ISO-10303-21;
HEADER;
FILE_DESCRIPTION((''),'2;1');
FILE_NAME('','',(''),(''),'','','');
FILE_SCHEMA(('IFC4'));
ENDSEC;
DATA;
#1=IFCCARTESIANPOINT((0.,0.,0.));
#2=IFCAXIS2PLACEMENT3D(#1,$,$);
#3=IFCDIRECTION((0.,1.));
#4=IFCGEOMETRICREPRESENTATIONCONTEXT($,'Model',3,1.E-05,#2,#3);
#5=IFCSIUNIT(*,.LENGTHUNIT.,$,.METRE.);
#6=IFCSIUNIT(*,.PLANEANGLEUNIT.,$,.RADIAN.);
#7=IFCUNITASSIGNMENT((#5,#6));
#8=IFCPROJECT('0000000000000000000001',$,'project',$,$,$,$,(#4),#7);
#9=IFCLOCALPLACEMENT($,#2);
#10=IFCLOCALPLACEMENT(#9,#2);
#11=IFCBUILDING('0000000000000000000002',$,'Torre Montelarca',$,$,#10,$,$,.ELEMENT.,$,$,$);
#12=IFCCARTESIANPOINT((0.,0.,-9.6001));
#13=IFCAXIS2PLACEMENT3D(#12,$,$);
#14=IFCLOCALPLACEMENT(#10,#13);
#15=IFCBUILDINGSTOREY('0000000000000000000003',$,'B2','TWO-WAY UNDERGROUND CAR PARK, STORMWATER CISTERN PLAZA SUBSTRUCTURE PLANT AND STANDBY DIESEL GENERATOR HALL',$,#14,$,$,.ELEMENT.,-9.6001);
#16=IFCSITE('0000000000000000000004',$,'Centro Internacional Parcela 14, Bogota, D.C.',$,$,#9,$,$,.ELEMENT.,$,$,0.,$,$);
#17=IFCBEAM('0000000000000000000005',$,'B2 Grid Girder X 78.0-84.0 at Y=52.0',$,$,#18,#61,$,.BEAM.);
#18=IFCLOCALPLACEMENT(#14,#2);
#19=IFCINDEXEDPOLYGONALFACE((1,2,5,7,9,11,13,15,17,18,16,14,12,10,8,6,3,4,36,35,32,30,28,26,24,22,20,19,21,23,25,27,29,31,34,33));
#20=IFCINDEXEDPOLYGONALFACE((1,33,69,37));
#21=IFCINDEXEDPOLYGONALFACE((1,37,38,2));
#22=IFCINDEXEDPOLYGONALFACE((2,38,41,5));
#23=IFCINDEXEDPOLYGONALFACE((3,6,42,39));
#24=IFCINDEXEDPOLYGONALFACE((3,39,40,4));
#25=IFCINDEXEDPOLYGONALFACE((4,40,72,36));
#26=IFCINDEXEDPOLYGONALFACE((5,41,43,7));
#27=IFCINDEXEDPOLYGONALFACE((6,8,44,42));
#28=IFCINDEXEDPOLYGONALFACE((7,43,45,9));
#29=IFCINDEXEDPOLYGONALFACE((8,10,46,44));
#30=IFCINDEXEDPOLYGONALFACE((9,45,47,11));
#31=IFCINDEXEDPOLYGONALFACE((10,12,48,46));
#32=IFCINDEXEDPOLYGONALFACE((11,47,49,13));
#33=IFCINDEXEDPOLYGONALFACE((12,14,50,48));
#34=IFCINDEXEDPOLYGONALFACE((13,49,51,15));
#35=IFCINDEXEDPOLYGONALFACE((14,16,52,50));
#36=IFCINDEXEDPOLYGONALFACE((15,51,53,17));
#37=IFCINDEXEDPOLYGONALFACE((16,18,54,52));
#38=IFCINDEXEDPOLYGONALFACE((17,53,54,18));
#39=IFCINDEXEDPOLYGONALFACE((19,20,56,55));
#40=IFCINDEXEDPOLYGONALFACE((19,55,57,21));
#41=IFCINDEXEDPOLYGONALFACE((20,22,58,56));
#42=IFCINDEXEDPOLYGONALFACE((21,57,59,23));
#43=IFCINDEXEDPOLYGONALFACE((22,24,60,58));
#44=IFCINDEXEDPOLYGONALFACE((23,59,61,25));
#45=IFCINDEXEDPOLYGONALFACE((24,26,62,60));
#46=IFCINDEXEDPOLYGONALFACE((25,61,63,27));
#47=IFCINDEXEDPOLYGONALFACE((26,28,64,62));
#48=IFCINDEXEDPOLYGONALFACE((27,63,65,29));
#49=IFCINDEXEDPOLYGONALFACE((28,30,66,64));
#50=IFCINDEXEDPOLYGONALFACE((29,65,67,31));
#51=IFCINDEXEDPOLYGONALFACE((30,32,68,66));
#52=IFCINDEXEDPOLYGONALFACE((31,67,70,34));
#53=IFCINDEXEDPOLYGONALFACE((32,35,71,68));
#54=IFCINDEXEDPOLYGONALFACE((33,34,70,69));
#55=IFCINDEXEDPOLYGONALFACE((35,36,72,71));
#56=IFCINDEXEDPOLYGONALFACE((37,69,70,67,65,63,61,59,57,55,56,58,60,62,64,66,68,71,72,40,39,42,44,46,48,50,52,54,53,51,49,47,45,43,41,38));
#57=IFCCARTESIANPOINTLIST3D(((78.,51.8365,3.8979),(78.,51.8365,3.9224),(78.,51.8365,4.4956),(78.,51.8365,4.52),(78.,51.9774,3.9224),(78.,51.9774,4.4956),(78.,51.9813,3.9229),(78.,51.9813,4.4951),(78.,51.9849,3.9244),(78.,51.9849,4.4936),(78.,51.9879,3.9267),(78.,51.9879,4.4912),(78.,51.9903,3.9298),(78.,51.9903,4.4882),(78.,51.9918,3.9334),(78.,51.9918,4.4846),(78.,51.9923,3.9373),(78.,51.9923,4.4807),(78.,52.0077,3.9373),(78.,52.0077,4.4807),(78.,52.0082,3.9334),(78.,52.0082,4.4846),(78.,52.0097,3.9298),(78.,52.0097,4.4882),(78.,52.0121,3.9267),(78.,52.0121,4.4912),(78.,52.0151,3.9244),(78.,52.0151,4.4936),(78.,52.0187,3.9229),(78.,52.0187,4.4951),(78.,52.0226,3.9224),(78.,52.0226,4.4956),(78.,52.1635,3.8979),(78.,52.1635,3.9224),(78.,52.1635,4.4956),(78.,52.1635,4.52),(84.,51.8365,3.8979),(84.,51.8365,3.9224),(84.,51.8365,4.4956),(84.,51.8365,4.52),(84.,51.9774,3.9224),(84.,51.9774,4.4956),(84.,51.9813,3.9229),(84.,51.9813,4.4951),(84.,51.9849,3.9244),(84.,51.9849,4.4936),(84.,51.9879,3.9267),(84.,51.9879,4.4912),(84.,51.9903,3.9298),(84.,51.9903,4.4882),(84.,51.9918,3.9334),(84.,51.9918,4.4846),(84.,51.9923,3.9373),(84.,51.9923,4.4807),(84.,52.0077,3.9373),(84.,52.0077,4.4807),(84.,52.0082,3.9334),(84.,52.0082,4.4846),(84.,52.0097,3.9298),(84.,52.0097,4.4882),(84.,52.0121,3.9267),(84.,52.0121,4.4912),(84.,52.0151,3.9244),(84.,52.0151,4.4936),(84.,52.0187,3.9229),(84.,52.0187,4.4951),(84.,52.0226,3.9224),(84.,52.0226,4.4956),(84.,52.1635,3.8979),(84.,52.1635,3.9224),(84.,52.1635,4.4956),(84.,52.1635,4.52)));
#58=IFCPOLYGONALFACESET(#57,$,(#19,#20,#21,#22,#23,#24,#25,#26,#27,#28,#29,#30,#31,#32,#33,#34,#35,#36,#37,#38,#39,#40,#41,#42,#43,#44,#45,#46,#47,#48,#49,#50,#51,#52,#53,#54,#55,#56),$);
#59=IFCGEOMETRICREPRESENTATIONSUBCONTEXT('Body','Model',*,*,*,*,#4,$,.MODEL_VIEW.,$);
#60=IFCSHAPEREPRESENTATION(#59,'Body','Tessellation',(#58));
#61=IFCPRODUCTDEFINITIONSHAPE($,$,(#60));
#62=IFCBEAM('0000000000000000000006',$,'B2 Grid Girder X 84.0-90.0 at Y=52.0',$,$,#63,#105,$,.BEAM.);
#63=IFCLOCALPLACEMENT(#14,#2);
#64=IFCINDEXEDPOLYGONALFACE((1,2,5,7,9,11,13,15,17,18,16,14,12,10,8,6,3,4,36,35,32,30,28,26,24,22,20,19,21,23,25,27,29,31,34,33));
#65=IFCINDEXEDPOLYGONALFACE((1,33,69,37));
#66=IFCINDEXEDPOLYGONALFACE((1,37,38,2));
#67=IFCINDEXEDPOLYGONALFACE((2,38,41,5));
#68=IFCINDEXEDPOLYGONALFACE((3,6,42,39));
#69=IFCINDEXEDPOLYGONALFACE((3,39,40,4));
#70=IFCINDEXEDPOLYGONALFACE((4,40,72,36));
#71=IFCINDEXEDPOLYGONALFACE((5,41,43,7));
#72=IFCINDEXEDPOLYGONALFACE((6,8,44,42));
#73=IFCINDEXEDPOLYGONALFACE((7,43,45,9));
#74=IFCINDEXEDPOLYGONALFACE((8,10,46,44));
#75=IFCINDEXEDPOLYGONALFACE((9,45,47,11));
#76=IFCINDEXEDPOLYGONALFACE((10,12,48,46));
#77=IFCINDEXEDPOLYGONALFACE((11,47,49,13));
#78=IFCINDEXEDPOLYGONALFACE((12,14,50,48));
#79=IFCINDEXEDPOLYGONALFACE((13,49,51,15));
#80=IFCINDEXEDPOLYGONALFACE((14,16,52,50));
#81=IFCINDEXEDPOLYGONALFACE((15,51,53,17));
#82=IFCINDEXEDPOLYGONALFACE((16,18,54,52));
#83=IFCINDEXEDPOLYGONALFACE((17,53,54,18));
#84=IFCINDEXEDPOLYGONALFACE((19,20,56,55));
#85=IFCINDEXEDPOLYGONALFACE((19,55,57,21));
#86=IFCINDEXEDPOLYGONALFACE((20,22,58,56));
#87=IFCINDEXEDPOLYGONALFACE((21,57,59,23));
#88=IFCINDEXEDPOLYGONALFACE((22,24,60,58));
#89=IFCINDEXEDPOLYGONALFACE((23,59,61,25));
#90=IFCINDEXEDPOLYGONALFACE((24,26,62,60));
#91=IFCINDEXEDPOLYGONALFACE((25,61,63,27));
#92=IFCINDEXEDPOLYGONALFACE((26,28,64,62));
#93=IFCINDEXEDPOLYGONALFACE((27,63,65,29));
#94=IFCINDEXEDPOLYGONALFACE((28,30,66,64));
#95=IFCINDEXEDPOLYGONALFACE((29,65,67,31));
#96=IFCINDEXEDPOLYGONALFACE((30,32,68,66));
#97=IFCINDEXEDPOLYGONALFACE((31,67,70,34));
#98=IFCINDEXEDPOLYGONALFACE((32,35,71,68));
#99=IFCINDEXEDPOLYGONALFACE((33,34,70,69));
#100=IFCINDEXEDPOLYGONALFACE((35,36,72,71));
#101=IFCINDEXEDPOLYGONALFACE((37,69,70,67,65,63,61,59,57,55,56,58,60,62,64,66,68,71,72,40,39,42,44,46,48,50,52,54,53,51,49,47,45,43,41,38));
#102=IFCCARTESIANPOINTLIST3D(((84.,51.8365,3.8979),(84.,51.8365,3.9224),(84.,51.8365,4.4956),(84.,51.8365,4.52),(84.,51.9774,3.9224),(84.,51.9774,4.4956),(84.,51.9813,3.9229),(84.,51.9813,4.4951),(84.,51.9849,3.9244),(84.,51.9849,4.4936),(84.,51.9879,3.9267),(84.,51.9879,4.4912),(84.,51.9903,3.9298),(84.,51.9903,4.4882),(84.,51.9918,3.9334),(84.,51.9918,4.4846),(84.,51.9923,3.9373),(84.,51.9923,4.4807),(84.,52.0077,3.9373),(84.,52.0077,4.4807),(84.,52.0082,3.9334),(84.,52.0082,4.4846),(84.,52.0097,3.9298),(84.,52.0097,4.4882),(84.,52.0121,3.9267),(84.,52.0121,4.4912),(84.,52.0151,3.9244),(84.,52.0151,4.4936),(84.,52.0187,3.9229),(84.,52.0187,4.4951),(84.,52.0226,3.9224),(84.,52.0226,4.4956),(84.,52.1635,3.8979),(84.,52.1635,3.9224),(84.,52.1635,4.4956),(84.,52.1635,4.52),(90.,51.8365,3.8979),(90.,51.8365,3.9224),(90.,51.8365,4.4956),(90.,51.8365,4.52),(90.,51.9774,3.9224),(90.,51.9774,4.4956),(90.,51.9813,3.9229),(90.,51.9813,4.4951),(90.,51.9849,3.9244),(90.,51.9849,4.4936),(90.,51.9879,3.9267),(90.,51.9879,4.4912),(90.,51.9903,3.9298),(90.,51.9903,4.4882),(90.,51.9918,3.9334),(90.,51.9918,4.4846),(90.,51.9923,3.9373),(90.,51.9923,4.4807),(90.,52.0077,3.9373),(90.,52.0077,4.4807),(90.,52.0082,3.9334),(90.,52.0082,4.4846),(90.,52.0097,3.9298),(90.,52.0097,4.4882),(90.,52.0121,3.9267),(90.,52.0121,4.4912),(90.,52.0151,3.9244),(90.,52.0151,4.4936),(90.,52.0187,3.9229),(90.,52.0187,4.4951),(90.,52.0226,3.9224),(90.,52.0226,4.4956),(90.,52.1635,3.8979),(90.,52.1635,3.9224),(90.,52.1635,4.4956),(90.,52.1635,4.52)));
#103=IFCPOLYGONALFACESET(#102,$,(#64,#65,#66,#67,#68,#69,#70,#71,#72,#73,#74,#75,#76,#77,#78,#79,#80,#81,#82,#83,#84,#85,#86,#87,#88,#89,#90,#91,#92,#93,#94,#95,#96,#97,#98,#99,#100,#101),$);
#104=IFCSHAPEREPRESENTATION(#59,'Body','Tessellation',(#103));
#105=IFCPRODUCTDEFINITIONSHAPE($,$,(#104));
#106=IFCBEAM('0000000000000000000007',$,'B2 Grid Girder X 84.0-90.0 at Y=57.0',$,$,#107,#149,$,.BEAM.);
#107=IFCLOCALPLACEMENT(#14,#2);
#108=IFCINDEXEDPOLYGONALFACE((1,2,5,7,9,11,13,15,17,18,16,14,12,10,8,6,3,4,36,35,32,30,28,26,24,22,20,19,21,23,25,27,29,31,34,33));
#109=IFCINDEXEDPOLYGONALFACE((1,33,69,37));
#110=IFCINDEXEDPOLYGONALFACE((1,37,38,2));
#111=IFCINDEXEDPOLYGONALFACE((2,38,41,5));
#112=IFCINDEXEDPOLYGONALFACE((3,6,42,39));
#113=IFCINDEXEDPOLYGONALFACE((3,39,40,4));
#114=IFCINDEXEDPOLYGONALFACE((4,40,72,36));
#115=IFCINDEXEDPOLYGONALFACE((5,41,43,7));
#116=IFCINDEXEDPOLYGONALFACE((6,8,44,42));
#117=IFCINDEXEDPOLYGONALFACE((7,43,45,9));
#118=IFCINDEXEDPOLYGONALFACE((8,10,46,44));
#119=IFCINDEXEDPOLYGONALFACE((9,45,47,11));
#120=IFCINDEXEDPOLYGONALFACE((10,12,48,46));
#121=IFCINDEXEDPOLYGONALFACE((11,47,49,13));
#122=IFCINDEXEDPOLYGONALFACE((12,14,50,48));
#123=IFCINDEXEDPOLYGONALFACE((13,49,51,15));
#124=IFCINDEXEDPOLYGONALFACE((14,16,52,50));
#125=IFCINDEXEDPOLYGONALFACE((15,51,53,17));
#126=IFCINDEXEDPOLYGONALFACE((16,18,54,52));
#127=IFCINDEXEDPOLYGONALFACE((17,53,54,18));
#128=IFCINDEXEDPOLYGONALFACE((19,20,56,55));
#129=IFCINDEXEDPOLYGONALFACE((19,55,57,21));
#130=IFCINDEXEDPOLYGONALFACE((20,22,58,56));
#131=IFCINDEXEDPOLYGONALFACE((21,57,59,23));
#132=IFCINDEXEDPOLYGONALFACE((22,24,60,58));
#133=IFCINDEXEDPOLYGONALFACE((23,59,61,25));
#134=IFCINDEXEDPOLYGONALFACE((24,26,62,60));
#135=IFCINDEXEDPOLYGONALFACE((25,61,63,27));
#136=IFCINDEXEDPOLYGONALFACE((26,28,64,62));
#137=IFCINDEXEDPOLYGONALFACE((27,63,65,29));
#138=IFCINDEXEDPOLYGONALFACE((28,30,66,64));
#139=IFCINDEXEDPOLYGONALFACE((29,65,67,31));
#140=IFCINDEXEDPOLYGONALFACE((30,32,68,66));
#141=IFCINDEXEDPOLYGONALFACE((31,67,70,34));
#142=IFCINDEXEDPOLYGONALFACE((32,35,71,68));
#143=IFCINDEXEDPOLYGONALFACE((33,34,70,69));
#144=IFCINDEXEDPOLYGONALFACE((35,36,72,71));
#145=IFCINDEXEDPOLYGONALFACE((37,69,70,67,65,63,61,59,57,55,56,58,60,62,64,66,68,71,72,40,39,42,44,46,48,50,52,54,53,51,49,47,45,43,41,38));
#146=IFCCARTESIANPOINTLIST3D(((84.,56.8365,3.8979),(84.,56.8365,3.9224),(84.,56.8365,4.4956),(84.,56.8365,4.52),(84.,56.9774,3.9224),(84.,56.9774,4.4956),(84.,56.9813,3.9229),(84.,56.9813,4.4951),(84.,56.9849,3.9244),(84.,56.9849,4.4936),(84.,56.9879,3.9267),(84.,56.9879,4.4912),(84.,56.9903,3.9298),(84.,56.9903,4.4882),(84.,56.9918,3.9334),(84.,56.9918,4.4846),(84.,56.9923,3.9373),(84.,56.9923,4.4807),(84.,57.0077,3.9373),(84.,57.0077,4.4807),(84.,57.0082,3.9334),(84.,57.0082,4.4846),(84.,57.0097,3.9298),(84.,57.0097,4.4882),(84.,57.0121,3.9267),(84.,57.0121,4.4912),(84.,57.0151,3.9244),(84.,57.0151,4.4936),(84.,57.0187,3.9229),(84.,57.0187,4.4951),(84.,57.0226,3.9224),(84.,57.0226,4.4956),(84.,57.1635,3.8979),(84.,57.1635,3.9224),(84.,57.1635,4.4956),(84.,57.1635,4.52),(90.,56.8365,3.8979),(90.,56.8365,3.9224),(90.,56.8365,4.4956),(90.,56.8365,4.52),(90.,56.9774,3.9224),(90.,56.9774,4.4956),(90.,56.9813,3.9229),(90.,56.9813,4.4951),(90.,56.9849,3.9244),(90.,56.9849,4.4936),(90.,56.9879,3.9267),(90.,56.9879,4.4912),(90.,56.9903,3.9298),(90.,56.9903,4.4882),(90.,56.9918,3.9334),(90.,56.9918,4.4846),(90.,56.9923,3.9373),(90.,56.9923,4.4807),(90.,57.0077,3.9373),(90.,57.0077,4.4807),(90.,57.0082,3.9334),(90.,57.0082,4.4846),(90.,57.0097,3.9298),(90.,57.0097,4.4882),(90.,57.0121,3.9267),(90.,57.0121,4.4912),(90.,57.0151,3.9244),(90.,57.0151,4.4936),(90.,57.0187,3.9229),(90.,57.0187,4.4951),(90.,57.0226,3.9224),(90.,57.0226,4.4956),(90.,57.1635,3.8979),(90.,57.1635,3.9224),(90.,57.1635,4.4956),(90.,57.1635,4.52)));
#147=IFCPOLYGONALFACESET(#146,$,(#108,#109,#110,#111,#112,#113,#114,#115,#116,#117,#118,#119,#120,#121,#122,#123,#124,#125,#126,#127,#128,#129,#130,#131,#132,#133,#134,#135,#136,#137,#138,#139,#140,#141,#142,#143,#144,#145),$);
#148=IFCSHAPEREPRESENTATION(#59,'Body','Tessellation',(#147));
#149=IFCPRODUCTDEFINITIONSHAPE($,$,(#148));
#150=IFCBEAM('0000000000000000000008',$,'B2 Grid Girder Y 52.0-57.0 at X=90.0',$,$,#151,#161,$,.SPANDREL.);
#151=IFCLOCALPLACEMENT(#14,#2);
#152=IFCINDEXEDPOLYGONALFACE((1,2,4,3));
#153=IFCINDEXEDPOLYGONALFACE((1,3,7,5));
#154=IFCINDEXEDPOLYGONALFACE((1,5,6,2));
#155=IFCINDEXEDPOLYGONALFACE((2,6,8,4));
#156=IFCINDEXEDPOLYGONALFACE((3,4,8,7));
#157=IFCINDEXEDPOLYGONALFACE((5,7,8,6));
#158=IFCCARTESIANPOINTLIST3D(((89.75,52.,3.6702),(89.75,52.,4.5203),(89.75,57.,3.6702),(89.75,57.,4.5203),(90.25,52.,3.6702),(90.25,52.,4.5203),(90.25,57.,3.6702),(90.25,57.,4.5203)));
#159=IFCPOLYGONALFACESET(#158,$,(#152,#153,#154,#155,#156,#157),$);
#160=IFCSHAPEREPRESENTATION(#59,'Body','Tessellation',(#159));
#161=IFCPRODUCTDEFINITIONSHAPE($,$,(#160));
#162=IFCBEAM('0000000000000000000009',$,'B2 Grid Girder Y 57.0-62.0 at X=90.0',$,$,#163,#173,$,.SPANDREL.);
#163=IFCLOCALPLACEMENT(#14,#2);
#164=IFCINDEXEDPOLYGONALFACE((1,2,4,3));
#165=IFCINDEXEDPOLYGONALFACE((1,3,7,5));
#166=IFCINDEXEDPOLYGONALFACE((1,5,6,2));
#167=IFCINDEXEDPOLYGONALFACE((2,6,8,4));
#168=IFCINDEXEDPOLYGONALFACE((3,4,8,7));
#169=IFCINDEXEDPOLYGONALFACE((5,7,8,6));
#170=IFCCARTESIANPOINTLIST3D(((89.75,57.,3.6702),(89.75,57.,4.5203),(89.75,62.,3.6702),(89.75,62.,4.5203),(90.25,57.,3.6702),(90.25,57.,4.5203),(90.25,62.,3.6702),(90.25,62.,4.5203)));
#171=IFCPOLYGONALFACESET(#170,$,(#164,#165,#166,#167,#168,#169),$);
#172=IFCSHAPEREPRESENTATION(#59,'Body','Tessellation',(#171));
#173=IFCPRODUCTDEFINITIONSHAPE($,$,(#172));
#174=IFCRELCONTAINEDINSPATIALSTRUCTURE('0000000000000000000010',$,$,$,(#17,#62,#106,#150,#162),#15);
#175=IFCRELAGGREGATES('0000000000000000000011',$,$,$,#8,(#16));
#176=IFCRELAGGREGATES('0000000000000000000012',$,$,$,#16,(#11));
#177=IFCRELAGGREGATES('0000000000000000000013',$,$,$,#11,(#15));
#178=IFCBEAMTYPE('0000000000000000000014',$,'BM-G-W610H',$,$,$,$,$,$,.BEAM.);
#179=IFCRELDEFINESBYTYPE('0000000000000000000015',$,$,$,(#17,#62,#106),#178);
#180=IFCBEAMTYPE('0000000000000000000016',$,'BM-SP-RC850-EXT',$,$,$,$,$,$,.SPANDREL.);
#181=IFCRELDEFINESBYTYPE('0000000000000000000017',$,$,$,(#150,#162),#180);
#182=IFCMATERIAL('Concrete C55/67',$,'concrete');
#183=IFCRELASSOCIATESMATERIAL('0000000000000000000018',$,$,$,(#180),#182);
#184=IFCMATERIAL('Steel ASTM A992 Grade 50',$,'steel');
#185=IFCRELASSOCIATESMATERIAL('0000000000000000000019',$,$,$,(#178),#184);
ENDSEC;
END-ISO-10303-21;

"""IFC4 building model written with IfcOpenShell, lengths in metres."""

from ifc_helpers import new_model, si_unit, direction, frame, origin, origin_2d, place, context, subcontext, project, spatial, rectangle, i_section, extrude, source, transform, mapped, material, material_profile, profile_set, type_object, element, save


model = new_model("IFC4")

# Units and contexts
model_context = context("Model", 3, precision=1e-05, world=origin(), true_north=direction((0.0, 1.0)))
body_context = subcontext(model_context, "Body", "Model", "MODEL_VIEW")
ifc_project = project(units=[si_unit("LENGTHUNIT", "METRE"), si_unit("PLANEANGLEUNIT", "RADIAN")], contexts=[model_context])

# Site, building, storey
site_placement = place(None, origin())
site = spatial("IfcSite", under=ifc_project, at=site_placement, Name="Centro Internacional Parcela 14, Bogota, D.C.", CompositionType="ELEMENT", RefElevation=0.0)
building_placement = place(site_placement, origin())
building = spatial("IfcBuilding", under=site, at=building_placement, Name="Torre Montelarca", CompositionType="ELEMENT")
storey_placement = place(building_placement, frame((0.0, 0.0, -9.6001)))
storey = spatial("IfcBuildingStorey", under=building, at=storey_placement, Name="B2", Description="TWO-WAY UNDERGROUND CAR PARK, STORMWATER CISTERN PLAZA SUBSTRUCTURE PLANT AND STANDBY DIESEL GENERATOR HALL", CompositionType="ELEMENT", Elevation=-9.6001)

# Beams
ifc_material_1 = material(Name="Concrete C55/67", Category="concrete")
ifc_material_profile_1 = material_profile(ifc_material_1, rectangle(XDim=0.5, YDim=0.8501, at=origin_2d()), Name="RCB500X850", Category="concrete")
ifc_profile_set_1 = profile_set([ifc_material_profile_1], Name="Concrete C55/67")
beam_type_1 = type_object("IfcBeamType", Name="BM-SP-RC850-EXT", PredefinedType="SPANDREL", material=ifc_profile_set_1)
ifc_material_2 = material(Name="Steel ASTM A992 Grade 50", Category="steel")
ifc_material_profile_2 = material_profile(ifc_material_2, i_section(OverallWidth=0.3269, OverallDepth=0.6221, WebThickness=0.0154, FlangeThickness=0.0244, FilletRadius=0.0149, at=origin_2d()), Name="W610X195", Category="steel")
ifc_profile_set_2 = profile_set([ifc_material_profile_2], Name="Steel ASTM A992 Grade 50")
beam_type_2 = type_object("IfcBeamType", Name="BM-G-W610H", PredefinedType="BEAM", material=ifc_profile_set_2)
shared_shape_1 = source(origin(), body_context, "Body", "SweptSolid", [
    extrude(i_section(OverallWidth=0.3269, OverallDepth=0.6221, WebThickness=0.0154, FlangeThickness=0.0244, FilletRadius=0.0149, at=origin_2d()), origin(), (0.0, 0.0, 1.0), 6.0),
])
for number, where, z_axis, x_axis, name in (
    (1, (78.0, 52.0, 4.209), (1.0, 0.0, 0.0), (0.0, 1.0, 0.0), "B2 Grid Girder X 78.0-84.0 at Y=52.0"),
    (2, (84.0, 52.0, 4.209), (1.0, 0.0, 0.0), (0.0, 1.0, 0.0), "B2 Grid Girder X 84.0-90.0 at Y=52.0"),
    (3, (84.0, 57.0, 4.209), (1.0, 0.0, 0.0), (0.0, 1.0, 0.0), "B2 Grid Girder X 84.0-90.0 at Y=57.0"),
):
    element("IfcBeam", number, at=place(storey_placement, frame(where, z_axis=z_axis, x_axis=x_axis)), inside=storey, type_object=beam_type_2, Name=name, PredefinedType="BEAM", context=body_context, shape_type="MappedRepresentation", body=[
        mapped(shared_shape_1, transform((0.0, 0.0, 0.0), scale=1.0)),
    ])
shared_shape_2 = source(origin(), body_context, "Body", "SweptSolid", [
    extrude(rectangle(XDim=0.5, YDim=0.8501, at=origin_2d()), origin(), (0.0, 0.0, 1.0), 5.0),
])
for number, where, z_axis, x_axis, name in (
    (4, (90.0, 52.0, 4.0952), (0.0, 1.0, 0.0), (-1.0, 0.0, 0.0), "B2 Grid Girder Y 52.0-57.0 at X=90.0"),
    (5, (90.0, 57.0, 4.0952), (0.0, 1.0, 0.0), (-1.0, 0.0, 0.0), "B2 Grid Girder Y 57.0-62.0 at X=90.0"),
):
    element("IfcBeam", number, at=place(storey_placement, frame(where, z_axis=z_axis, x_axis=x_axis)), inside=storey, type_object=beam_type_1, Name=name, PredefinedType="SPANDREL", context=body_context, shape_type="MappedRepresentation", body=[
        mapped(shared_shape_2, transform((0.0, 0.0, 0.0), scale=1.0)),
    ])

save(model, "model.ifc")
